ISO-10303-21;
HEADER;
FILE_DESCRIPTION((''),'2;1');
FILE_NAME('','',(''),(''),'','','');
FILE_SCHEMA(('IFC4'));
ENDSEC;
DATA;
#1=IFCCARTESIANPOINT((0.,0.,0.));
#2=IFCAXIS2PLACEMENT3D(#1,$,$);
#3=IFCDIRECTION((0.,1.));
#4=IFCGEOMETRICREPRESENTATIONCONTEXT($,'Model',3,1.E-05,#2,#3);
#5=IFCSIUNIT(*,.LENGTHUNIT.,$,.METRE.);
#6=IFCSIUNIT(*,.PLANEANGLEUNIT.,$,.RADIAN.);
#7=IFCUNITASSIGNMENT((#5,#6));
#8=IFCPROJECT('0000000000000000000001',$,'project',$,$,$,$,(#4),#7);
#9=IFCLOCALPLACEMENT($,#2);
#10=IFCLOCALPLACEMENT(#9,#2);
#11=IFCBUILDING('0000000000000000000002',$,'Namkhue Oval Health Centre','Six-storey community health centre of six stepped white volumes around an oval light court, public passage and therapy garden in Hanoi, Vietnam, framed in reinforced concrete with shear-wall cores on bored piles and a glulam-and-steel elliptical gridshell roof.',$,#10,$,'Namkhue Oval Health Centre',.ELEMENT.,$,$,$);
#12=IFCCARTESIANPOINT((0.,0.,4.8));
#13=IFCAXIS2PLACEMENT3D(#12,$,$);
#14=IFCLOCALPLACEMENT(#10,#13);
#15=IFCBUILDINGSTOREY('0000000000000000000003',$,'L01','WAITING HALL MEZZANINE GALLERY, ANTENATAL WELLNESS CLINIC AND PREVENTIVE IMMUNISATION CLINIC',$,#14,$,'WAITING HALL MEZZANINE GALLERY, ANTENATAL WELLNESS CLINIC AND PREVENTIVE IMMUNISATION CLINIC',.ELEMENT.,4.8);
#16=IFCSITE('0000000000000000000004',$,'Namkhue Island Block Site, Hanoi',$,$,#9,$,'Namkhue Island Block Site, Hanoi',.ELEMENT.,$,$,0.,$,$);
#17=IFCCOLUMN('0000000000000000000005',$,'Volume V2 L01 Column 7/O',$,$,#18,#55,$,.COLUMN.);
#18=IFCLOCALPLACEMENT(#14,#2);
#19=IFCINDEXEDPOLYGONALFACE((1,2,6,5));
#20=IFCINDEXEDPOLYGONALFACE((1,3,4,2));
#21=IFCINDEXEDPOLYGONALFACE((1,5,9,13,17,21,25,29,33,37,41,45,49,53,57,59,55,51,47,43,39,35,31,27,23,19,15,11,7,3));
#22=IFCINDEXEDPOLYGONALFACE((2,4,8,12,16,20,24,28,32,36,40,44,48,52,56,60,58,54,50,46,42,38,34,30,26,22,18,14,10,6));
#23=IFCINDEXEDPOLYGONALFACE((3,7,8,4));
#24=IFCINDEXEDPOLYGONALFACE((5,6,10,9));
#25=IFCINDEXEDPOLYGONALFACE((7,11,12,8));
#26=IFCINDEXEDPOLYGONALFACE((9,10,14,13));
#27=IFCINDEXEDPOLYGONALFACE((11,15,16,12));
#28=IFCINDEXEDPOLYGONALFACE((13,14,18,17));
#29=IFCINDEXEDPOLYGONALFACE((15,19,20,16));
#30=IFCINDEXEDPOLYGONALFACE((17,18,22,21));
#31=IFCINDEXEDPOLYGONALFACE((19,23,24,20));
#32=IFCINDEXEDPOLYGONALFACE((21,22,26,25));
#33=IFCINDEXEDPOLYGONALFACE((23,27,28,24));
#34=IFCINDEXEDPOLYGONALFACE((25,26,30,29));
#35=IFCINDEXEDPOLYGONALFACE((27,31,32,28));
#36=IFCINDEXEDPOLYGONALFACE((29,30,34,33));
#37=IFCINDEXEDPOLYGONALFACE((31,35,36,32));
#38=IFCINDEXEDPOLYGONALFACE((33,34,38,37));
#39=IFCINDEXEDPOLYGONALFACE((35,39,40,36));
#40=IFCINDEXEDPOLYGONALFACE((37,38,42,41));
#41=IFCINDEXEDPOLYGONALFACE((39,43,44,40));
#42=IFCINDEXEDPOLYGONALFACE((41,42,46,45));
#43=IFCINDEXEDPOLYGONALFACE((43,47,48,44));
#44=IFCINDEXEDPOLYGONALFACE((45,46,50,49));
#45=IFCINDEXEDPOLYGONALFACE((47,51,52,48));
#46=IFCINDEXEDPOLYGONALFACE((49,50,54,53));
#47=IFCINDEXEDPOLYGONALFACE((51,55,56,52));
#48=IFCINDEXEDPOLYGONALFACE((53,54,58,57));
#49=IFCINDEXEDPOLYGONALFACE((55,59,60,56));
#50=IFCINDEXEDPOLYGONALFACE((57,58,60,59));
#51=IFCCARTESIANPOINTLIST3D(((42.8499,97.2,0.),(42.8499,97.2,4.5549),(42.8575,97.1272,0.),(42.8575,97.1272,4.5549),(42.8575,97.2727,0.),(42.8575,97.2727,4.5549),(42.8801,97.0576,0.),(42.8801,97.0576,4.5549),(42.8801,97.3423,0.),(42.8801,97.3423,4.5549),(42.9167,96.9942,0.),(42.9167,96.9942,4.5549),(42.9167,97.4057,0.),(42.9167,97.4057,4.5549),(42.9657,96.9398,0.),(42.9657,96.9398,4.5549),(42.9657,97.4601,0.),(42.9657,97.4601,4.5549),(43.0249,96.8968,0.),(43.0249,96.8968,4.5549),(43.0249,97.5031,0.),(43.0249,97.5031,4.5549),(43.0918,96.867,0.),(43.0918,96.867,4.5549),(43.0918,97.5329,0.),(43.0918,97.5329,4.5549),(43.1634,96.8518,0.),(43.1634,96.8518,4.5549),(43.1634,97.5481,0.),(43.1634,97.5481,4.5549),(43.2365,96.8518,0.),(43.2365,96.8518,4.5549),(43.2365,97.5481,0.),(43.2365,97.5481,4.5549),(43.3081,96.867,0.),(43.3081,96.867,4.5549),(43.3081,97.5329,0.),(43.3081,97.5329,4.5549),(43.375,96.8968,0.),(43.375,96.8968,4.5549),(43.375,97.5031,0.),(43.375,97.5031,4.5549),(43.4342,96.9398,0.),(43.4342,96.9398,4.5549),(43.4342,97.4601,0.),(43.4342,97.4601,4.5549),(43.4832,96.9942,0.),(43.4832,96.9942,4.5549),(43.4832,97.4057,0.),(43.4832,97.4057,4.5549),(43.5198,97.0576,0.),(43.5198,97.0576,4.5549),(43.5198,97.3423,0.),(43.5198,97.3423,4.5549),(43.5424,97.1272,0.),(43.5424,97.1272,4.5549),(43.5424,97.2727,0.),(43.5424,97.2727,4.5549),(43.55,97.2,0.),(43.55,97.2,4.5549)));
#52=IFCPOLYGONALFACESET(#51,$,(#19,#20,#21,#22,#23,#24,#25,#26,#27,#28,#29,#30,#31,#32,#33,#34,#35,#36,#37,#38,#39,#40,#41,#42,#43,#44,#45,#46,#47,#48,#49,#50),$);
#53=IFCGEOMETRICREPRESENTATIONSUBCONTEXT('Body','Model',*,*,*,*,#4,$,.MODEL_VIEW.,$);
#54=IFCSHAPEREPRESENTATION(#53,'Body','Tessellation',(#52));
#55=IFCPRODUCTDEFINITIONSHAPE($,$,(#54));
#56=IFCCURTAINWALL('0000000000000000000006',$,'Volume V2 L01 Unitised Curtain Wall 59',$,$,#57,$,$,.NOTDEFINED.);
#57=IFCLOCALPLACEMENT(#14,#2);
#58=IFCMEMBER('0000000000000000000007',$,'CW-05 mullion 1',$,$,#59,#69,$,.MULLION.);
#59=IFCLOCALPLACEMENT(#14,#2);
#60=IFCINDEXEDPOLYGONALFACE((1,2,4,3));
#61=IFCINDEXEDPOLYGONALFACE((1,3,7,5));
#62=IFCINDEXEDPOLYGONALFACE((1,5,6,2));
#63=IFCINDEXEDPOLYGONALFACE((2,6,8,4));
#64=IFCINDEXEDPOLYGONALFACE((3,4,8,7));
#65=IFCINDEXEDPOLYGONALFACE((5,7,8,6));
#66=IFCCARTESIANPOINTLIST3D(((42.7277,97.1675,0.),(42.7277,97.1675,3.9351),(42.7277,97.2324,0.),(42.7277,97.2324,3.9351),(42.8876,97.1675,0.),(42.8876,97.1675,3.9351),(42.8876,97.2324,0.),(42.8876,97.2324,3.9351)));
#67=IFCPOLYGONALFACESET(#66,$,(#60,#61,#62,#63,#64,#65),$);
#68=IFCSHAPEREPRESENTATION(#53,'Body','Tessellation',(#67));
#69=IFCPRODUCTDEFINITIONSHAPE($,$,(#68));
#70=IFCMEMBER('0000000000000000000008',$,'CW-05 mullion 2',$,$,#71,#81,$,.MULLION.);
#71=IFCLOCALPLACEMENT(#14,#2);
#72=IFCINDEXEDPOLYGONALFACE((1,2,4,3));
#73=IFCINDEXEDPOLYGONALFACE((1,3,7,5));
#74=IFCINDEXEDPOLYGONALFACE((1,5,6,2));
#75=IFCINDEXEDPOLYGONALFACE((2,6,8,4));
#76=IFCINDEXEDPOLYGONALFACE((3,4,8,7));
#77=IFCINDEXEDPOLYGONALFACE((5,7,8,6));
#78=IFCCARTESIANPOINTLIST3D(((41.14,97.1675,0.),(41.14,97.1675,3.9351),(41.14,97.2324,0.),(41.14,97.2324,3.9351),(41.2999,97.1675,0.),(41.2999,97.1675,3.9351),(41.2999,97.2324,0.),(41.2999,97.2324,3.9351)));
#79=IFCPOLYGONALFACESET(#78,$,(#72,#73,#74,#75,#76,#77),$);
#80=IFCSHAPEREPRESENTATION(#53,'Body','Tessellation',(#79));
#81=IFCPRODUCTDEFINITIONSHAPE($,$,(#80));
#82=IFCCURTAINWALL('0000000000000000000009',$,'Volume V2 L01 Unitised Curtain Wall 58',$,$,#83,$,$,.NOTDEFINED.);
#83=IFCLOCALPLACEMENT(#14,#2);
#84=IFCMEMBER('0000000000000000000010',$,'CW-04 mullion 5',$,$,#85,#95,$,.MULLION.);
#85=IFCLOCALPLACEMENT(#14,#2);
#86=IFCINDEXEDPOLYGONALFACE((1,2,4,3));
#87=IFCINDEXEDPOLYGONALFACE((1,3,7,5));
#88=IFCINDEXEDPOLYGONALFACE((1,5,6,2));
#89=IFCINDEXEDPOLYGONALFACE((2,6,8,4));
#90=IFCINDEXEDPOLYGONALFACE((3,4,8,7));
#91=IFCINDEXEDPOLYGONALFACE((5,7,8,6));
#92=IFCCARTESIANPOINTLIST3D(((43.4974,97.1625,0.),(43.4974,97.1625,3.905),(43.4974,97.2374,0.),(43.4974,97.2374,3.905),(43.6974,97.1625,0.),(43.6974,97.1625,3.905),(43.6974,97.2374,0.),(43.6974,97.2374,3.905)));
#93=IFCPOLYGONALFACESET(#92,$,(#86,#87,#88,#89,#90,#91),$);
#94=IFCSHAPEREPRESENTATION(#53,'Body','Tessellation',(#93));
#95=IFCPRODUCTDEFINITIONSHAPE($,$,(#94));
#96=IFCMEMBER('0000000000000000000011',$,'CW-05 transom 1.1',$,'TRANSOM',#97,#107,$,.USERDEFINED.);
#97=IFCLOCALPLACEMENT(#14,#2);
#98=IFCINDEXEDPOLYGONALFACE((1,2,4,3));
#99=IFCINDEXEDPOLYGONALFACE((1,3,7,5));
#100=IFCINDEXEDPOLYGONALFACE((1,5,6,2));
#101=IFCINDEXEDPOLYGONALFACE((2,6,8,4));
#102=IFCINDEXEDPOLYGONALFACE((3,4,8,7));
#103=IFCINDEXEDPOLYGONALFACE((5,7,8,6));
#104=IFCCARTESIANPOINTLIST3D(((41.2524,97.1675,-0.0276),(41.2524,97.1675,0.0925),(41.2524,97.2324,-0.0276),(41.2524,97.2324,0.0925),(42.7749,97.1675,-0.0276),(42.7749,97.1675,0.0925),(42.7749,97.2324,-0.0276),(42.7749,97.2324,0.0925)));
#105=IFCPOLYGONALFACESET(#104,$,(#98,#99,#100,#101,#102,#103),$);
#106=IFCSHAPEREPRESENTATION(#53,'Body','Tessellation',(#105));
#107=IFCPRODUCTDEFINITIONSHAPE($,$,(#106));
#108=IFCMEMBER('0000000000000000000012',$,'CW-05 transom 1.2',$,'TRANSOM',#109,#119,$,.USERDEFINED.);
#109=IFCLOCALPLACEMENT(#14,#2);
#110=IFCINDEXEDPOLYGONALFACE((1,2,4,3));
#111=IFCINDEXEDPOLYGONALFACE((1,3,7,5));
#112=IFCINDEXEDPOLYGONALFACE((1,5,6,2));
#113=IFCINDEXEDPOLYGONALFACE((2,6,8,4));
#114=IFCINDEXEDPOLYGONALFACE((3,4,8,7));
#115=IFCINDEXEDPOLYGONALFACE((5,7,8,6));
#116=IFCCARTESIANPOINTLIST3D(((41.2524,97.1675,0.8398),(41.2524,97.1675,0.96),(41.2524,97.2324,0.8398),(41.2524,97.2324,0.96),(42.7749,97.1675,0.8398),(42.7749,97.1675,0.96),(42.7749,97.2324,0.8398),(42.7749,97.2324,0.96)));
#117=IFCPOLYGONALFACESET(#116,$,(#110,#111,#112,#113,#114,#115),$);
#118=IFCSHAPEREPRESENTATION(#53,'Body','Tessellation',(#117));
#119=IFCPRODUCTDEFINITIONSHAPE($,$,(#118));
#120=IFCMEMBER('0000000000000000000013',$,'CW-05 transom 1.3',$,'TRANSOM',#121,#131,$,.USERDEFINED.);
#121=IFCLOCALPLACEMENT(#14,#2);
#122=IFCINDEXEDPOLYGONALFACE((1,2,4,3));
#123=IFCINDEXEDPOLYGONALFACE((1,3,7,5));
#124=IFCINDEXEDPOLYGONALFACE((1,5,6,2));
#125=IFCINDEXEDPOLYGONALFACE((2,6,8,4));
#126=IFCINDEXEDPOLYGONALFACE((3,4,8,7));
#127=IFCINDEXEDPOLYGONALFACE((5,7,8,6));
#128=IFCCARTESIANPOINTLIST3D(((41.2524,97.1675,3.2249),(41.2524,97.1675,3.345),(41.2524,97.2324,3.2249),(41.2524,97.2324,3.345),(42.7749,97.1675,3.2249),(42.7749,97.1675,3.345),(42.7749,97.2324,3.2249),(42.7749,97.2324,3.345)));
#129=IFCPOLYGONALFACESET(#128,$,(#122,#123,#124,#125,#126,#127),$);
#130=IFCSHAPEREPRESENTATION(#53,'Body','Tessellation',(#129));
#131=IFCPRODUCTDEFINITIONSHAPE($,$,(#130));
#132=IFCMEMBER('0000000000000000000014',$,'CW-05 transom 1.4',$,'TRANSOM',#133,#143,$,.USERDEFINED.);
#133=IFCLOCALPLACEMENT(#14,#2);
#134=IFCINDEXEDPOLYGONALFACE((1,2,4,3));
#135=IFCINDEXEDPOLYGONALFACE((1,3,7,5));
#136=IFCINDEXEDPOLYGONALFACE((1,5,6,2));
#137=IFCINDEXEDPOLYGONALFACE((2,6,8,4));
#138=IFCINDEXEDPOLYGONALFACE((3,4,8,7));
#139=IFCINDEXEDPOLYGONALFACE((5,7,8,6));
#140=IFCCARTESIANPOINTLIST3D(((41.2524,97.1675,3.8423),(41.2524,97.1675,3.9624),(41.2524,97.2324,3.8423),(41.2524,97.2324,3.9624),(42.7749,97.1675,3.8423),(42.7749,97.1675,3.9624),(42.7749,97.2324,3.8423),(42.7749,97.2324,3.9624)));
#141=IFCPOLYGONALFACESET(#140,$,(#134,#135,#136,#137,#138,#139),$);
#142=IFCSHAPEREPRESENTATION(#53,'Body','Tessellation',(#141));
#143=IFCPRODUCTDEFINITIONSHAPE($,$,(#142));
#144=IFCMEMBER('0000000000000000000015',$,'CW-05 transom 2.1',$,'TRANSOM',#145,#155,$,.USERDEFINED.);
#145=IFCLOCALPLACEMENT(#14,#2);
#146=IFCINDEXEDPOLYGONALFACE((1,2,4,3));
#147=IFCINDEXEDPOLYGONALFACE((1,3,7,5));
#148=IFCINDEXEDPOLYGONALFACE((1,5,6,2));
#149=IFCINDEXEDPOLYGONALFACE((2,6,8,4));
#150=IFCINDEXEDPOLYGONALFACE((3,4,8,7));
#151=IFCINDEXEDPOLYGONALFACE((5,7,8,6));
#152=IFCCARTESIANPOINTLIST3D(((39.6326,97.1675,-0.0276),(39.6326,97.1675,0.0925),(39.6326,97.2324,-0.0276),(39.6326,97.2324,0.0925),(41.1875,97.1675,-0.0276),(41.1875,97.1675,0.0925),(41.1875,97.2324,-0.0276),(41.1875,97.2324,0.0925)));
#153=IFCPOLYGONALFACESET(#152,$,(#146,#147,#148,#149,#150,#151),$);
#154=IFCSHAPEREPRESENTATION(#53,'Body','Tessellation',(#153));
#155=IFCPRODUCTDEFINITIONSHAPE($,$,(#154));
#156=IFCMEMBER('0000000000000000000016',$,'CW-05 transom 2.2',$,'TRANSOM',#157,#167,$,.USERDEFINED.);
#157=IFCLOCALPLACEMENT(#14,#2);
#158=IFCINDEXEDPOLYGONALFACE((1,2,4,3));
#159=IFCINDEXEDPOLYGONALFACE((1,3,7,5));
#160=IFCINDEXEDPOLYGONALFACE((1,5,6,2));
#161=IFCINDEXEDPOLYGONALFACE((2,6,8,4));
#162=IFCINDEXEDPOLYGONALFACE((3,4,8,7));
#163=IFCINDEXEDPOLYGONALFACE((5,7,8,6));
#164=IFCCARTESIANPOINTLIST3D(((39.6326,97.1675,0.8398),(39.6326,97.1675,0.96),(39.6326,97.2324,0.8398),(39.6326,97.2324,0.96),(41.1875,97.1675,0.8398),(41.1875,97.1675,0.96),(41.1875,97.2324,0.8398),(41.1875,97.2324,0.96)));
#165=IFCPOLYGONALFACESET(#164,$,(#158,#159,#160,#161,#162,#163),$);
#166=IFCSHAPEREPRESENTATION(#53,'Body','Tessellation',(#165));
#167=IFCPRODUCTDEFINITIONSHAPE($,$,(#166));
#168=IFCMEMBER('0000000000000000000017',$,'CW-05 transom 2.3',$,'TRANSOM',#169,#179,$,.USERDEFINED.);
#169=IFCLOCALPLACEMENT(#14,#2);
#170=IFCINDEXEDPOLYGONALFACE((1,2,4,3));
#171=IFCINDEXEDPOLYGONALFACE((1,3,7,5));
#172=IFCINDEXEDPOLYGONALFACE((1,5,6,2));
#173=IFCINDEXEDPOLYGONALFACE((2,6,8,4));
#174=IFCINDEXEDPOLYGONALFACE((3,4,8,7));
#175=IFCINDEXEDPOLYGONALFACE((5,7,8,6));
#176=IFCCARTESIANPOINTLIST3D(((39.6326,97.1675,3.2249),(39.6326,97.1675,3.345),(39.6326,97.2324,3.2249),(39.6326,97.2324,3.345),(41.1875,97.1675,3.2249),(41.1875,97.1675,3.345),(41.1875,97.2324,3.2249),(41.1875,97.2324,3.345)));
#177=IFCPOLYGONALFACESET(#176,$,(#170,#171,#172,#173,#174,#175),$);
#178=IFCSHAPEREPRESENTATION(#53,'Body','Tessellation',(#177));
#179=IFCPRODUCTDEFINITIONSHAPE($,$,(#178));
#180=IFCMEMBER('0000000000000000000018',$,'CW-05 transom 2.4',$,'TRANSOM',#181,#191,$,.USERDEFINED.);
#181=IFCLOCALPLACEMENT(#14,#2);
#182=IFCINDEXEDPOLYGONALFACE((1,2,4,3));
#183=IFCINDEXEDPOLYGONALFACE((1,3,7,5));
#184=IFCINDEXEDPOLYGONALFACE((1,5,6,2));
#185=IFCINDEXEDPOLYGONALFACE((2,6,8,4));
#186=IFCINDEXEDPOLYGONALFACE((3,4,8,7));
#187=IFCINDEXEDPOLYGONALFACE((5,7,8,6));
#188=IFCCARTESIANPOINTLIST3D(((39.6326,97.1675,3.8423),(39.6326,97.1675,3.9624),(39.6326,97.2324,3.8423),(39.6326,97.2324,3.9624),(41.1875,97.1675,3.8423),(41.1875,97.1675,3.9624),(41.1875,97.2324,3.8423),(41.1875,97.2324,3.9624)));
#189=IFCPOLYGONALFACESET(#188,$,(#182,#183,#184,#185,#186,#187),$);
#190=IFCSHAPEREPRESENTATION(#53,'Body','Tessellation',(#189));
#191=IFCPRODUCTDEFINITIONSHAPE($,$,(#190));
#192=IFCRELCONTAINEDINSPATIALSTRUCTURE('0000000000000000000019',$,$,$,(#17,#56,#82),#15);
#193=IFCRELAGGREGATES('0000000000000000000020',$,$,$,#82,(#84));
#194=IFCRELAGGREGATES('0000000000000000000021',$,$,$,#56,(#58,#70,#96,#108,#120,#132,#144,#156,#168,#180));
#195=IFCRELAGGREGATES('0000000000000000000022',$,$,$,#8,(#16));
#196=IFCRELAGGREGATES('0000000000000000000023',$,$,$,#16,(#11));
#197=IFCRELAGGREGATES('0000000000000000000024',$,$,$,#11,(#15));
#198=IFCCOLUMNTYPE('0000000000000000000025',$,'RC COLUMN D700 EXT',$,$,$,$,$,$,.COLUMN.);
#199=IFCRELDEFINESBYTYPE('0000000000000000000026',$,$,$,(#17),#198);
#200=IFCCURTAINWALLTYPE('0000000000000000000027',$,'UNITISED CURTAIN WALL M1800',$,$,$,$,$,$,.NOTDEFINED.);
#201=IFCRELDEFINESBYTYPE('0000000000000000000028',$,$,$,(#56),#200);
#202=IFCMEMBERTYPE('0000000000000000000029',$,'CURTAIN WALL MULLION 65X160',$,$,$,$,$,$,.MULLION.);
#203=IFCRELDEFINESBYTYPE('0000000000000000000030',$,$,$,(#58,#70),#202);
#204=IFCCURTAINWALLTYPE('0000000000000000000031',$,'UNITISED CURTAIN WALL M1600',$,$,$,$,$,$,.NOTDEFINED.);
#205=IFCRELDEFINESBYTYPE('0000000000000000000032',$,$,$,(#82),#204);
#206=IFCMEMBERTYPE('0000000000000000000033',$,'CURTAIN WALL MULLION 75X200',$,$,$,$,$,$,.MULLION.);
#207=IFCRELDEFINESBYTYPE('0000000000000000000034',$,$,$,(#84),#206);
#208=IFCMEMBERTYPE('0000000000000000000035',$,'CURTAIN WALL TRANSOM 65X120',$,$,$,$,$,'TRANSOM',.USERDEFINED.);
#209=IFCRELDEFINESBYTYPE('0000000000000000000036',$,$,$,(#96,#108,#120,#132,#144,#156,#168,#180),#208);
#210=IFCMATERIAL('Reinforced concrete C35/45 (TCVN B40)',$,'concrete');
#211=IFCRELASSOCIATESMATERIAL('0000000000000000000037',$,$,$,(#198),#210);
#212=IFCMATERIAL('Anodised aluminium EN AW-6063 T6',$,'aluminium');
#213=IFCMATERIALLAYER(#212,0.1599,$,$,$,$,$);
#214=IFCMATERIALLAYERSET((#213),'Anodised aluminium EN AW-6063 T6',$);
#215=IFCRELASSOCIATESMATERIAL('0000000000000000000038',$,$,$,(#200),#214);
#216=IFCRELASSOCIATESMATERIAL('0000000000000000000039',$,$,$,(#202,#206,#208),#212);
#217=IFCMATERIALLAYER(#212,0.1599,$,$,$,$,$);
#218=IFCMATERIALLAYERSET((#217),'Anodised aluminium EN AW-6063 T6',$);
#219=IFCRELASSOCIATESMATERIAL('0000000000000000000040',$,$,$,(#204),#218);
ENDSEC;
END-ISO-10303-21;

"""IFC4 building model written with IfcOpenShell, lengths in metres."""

from ifc_helpers import new_model, si_unit, direction, frame, origin, origin_2d, place, context, subcontext, project, spatial, rectangle, circle, extrude, material, layer, layer_set, material_profile, profile_set, type_object, element, aggregate, save


model = new_model("IFC4")

# Units and contexts
model_context = context("Model", 3, precision=1e-05, world=origin(), true_north=direction((0.0, 1.0)))
body_context = subcontext(model_context, "Body", "Model", "MODEL_VIEW")
ifc_project = project(units=[si_unit("LENGTHUNIT", "METRE"), si_unit("PLANEANGLEUNIT", "RADIAN")], contexts=[model_context])

# Site, building, storey
site_placement = place(None, origin())
site = spatial("IfcSite", under=ifc_project, at=site_placement, Name="Namkhue Island Block Site, Hanoi", LongName="Namkhue Island Block Site, Hanoi", CompositionType="ELEMENT", RefElevation=0.0)
building_placement = place(site_placement, origin())
building = spatial("IfcBuilding", under=site, at=building_placement, Name="Namkhue Oval Health Centre", Description="Six-storey community health centre of six stepped white volumes around an oval light court, public passage and therapy garden in Hanoi, Vietnam, framed in reinforced concrete with shear-wall cores on bored piles and a glulam-and-steel elliptical gridshell roof.", LongName="Namkhue Oval Health Centre", CompositionType="ELEMENT")
storey_placement = place(building_placement, frame((0.0, 0.0, 4.8)))
storey = spatial("IfcBuildingStorey", under=building, at=storey_placement, Name="L01", Description="WAITING HALL MEZZANINE GALLERY, ANTENATAL WELLNESS CLINIC AND PREVENTIVE IMMUNISATION CLINIC", LongName="WAITING HALL MEZZANINE GALLERY, ANTENATAL WELLNESS CLINIC AND PREVENTIVE IMMUNISATION CLINIC", CompositionType="ELEMENT", Elevation=4.8)

# Column
ifc_material_1 = material(Name="Reinforced concrete C35/45 (TCVN B40)", Category="concrete")
ifc_material_profile_1 = material_profile(ifc_material_1, circle(Radius=0.3501, at=origin_2d()), Name="RC D700")
ifc_profile_set_1 = profile_set([ifc_material_profile_1], Name="Reinforced concrete C35/45 (TCVN B40)")
column_type = type_object("IfcColumnType", Name="RC COLUMN D700 EXT", PredefinedType="COLUMN", material=ifc_profile_set_1)
column_placement = place(storey_placement, frame((43.2, 97.2, 0.0), z_axis=(0.0, 0.0, 1.0), x_axis=(1.0, 0.0, 0.0)))
element("IfcColumn", 1, at=column_placement, inside=storey, type_object=column_type, Name="Volume V2 L01 Column 7/O", PredefinedType="COLUMN", context=body_context, shape_type="SweptSolid", body=[
    extrude(circle(Radius=0.3501, at=origin_2d()), origin(), (0.0, 0.0, 1.0), 4.5549),
])

# Curtain wall, members
ifc_material_2 = material(Name="Anodised aluminium EN AW-6063 T6", Category="aluminium")
ifc_layer_1 = layer(ifc_material_2, 0.1599)
ifc_layer_set_1 = layer_set([ifc_layer_1], Name="Anodised aluminium EN AW-6063 T6")
curtain_wall_type_1 = type_object("IfcCurtainWallType", Name="UNITISED CURTAIN WALL M1800", PredefinedType="NOTDEFINED", material=ifc_layer_set_1)
curtain_wall_1_placement = place(storey_placement, origin())
curtain_wall_1 = element("IfcCurtainWall", 2, at=curtain_wall_1_placement, inside=storey, type_object=curtain_wall_type_1, Name="Volume V2 L01 Unitised Curtain Wall 59", PredefinedType="NOTDEFINED")
ifc_material_profile_2 = material_profile(ifc_material_2, rectangle(XDim=0.0649, YDim=0.1599, at=origin_2d()), Name="ALU 65x160")
ifc_profile_set_2 = profile_set([ifc_material_profile_2], Name="Anodised aluminium EN AW-6063 T6")
member_type_1 = type_object("IfcMemberType", Name="CURTAIN WALL MULLION 65X160", PredefinedType="MULLION", material=ifc_profile_set_2)
member_1_placement = place(storey_placement, frame((42.8076, 97.2, 0.0), z_axis=(0.0, 0.0, 1.0), x_axis=(0.0, -1.0, 0.0)))
member_1 = element("IfcMember", 3, at=member_1_placement, type_object=member_type_1, Name="CW-05 mullion 1", PredefinedType="MULLION", context=body_context, shape_type="SweptSolid", body=[
    extrude(rectangle(XDim=0.0649, YDim=0.1599, at=origin_2d()), origin(), (0.0, 0.0, 1.0), 3.9351),
])
member_2_placement = place(storey_placement, frame((41.22, 97.2, 0.0), z_axis=(0.0, 0.0, 1.0), x_axis=(0.0, -1.0, 0.0)))
member_2 = element("IfcMember", 4, at=member_2_placement, type_object=member_type_1, Name="CW-05 mullion 2", PredefinedType="MULLION", context=body_context, shape_type="SweptSolid", body=[
    extrude(rectangle(XDim=0.0649, YDim=0.1599, at=origin_2d()), origin(), (0.0, 0.0, 1.0), 3.9351),
])

# Curtain wall, member
ifc_layer_2 = layer(ifc_material_2, 0.1599)
ifc_layer_set_2 = layer_set([ifc_layer_2], Name="Anodised aluminium EN AW-6063 T6")
curtain_wall_type_2 = type_object("IfcCurtainWallType", Name="UNITISED CURTAIN WALL M1600", PredefinedType="NOTDEFINED", material=ifc_layer_set_2)
curtain_wall_2_placement = place(storey_placement, origin())
curtain_wall_2 = element("IfcCurtainWall", 5, at=curtain_wall_2_placement, inside=storey, type_object=curtain_wall_type_2, Name="Volume V2 L01 Unitised Curtain Wall 58", PredefinedType="NOTDEFINED")
ifc_material_profile_3 = material_profile(ifc_material_2, rectangle(XDim=0.075, YDim=0.2, at=origin_2d()), Name="ALU 75x200")
ifc_profile_set_3 = profile_set([ifc_material_profile_3], Name="Anodised aluminium EN AW-6063 T6")
member_type_2 = type_object("IfcMemberType", Name="CURTAIN WALL MULLION 75X200", PredefinedType="MULLION", material=ifc_profile_set_3)
member_3_placement = place(storey_placement, frame((43.5974, 97.2, 0.0), z_axis=(0.0, 0.0, 1.0), x_axis=(0.0, -1.0, 0.0)))
member_3 = element("IfcMember", 6, at=member_3_placement, type_object=member_type_2, Name="CW-04 mullion 5", PredefinedType="MULLION", context=body_context, shape_type="SweptSolid", body=[
    extrude(rectangle(XDim=0.075, YDim=0.2, at=origin_2d()), origin(), (0.0, 0.0, 1.0), 3.905),
])

# Members
ifc_material_profile_4 = material_profile(ifc_material_2, rectangle(XDim=0.0649, YDim=0.1201, at=origin_2d()), Name="ALU 65x120")
ifc_profile_set_4 = profile_set([ifc_material_profile_4], Name="Anodised aluminium EN AW-6063 T6")
member_type_3 = type_object("IfcMemberType", Name="CURTAIN WALL TRANSOM 65X120", ElementType="TRANSOM", PredefinedType="USERDEFINED", material=ifc_profile_set_4)
member_4_placement = place(storey_placement, frame((42.7749, 97.2, 0.0325), z_axis=(-1.0, 0.0, 0.0), x_axis=(0.0, -1.0, 0.0)))
member_4 = element("IfcMember", 7, at=member_4_placement, type_object=member_type_3, Name="CW-05 transom 1.1", ObjectType="TRANSOM", PredefinedType="USERDEFINED", context=body_context, shape_type="SweptSolid", body=[
    extrude(rectangle(XDim=0.0649, YDim=0.1201, at=origin_2d()), origin(), (0.0, 0.0, 1.0), 1.5225),
])
member_5_placement = place(storey_placement, frame((42.7749, 97.2, 0.8999), z_axis=(-1.0, 0.0, 0.0), x_axis=(0.0, -1.0, 0.0)))
member_5 = element("IfcMember", 8, at=member_5_placement, type_object=member_type_3, Name="CW-05 transom 1.2", ObjectType="TRANSOM", PredefinedType="USERDEFINED", context=body_context, shape_type="SweptSolid", body=[
    extrude(rectangle(XDim=0.0649, YDim=0.1201, at=origin_2d()), origin(), (0.0, 0.0, 1.0), 1.5225),
])
member_6_placement = place(storey_placement, frame((42.7749, 97.2, 3.2849), z_axis=(-1.0, 0.0, 0.0), x_axis=(0.0, -1.0, 0.0)))
member_6 = element("IfcMember", 9, at=member_6_placement, type_object=member_type_3, Name="CW-05 transom 1.3", ObjectType="TRANSOM", PredefinedType="USERDEFINED", context=body_context, shape_type="SweptSolid", body=[
    extrude(rectangle(XDim=0.0649, YDim=0.1201, at=origin_2d()), origin(), (0.0, 0.0, 1.0), 1.5225),
])
member_7_placement = place(storey_placement, frame((42.7749, 97.2, 3.9023), z_axis=(-1.0, 0.0, 0.0), x_axis=(0.0, -1.0, 0.0)))
member_7 = element("IfcMember", 10, at=member_7_placement, type_object=member_type_3, Name="CW-05 transom 1.4", ObjectType="TRANSOM", PredefinedType="USERDEFINED", context=body_context, shape_type="SweptSolid", body=[
    extrude(rectangle(XDim=0.0649, YDim=0.1201, at=origin_2d()), origin(), (0.0, 0.0, 1.0), 1.5225),
])
member_8_placement = place(storey_placement, frame((41.1875, 97.2, 0.0325), z_axis=(-1.0, 0.0, 0.0), x_axis=(0.0, -1.0, 0.0)))
member_8 = element("IfcMember", 11, at=member_8_placement, type_object=member_type_3, Name="CW-05 transom 2.1", ObjectType="TRANSOM", PredefinedType="USERDEFINED", context=body_context, shape_type="SweptSolid", body=[
    extrude(rectangle(XDim=0.0649, YDim=0.1201, at=origin_2d()), origin(), (0.0, 0.0, 1.0), 1.5549),
])
member_9_placement = place(storey_placement, frame((41.1875, 97.2, 0.8999), z_axis=(-1.0, 0.0, 0.0), x_axis=(0.0, -1.0, 0.0)))
member_9 = element("IfcMember", 12, at=member_9_placement, type_object=member_type_3, Name="CW-05 transom 2.2", ObjectType="TRANSOM", PredefinedType="USERDEFINED", context=body_context, shape_type="SweptSolid", body=[
    extrude(rectangle(XDim=0.0649, YDim=0.1201, at=origin_2d()), origin(), (0.0, 0.0, 1.0), 1.5549),
])
member_10_placement = place(storey_placement, frame((41.1875, 97.2, 3.2849), z_axis=(-1.0, 0.0, 0.0), x_axis=(0.0, -1.0, 0.0)))
member_10 = element("IfcMember", 13, at=member_10_placement, type_object=member_type_3, Name="CW-05 transom 2.3", ObjectType="TRANSOM", PredefinedType="USERDEFINED", context=body_context, shape_type="SweptSolid", body=[
    extrude(rectangle(XDim=0.0649, YDim=0.1201, at=origin_2d()), origin(), (0.0, 0.0, 1.0), 1.5549),
])
member_11_placement = place(storey_placement, frame((41.1875, 97.2, 3.9023), z_axis=(-1.0, 0.0, 0.0), x_axis=(0.0, -1.0, 0.0)))
member_11 = element("IfcMember", 14, at=member_11_placement, type_object=member_type_3, Name="CW-05 transom 2.4", ObjectType="TRANSOM", PredefinedType="USERDEFINED", context=body_context, shape_type="SweptSolid", body=[
    extrude(rectangle(XDim=0.0649, YDim=0.1201, at=origin_2d()), origin(), (0.0, 0.0, 1.0), 1.5549),
])

aggregate(curtain_wall_2, [member_3])
aggregate(curtain_wall_1, [member_1, member_2, member_4, member_5, member_6, member_7, member_8, member_9, member_10, member_11])

save(model, "model.ifc")
